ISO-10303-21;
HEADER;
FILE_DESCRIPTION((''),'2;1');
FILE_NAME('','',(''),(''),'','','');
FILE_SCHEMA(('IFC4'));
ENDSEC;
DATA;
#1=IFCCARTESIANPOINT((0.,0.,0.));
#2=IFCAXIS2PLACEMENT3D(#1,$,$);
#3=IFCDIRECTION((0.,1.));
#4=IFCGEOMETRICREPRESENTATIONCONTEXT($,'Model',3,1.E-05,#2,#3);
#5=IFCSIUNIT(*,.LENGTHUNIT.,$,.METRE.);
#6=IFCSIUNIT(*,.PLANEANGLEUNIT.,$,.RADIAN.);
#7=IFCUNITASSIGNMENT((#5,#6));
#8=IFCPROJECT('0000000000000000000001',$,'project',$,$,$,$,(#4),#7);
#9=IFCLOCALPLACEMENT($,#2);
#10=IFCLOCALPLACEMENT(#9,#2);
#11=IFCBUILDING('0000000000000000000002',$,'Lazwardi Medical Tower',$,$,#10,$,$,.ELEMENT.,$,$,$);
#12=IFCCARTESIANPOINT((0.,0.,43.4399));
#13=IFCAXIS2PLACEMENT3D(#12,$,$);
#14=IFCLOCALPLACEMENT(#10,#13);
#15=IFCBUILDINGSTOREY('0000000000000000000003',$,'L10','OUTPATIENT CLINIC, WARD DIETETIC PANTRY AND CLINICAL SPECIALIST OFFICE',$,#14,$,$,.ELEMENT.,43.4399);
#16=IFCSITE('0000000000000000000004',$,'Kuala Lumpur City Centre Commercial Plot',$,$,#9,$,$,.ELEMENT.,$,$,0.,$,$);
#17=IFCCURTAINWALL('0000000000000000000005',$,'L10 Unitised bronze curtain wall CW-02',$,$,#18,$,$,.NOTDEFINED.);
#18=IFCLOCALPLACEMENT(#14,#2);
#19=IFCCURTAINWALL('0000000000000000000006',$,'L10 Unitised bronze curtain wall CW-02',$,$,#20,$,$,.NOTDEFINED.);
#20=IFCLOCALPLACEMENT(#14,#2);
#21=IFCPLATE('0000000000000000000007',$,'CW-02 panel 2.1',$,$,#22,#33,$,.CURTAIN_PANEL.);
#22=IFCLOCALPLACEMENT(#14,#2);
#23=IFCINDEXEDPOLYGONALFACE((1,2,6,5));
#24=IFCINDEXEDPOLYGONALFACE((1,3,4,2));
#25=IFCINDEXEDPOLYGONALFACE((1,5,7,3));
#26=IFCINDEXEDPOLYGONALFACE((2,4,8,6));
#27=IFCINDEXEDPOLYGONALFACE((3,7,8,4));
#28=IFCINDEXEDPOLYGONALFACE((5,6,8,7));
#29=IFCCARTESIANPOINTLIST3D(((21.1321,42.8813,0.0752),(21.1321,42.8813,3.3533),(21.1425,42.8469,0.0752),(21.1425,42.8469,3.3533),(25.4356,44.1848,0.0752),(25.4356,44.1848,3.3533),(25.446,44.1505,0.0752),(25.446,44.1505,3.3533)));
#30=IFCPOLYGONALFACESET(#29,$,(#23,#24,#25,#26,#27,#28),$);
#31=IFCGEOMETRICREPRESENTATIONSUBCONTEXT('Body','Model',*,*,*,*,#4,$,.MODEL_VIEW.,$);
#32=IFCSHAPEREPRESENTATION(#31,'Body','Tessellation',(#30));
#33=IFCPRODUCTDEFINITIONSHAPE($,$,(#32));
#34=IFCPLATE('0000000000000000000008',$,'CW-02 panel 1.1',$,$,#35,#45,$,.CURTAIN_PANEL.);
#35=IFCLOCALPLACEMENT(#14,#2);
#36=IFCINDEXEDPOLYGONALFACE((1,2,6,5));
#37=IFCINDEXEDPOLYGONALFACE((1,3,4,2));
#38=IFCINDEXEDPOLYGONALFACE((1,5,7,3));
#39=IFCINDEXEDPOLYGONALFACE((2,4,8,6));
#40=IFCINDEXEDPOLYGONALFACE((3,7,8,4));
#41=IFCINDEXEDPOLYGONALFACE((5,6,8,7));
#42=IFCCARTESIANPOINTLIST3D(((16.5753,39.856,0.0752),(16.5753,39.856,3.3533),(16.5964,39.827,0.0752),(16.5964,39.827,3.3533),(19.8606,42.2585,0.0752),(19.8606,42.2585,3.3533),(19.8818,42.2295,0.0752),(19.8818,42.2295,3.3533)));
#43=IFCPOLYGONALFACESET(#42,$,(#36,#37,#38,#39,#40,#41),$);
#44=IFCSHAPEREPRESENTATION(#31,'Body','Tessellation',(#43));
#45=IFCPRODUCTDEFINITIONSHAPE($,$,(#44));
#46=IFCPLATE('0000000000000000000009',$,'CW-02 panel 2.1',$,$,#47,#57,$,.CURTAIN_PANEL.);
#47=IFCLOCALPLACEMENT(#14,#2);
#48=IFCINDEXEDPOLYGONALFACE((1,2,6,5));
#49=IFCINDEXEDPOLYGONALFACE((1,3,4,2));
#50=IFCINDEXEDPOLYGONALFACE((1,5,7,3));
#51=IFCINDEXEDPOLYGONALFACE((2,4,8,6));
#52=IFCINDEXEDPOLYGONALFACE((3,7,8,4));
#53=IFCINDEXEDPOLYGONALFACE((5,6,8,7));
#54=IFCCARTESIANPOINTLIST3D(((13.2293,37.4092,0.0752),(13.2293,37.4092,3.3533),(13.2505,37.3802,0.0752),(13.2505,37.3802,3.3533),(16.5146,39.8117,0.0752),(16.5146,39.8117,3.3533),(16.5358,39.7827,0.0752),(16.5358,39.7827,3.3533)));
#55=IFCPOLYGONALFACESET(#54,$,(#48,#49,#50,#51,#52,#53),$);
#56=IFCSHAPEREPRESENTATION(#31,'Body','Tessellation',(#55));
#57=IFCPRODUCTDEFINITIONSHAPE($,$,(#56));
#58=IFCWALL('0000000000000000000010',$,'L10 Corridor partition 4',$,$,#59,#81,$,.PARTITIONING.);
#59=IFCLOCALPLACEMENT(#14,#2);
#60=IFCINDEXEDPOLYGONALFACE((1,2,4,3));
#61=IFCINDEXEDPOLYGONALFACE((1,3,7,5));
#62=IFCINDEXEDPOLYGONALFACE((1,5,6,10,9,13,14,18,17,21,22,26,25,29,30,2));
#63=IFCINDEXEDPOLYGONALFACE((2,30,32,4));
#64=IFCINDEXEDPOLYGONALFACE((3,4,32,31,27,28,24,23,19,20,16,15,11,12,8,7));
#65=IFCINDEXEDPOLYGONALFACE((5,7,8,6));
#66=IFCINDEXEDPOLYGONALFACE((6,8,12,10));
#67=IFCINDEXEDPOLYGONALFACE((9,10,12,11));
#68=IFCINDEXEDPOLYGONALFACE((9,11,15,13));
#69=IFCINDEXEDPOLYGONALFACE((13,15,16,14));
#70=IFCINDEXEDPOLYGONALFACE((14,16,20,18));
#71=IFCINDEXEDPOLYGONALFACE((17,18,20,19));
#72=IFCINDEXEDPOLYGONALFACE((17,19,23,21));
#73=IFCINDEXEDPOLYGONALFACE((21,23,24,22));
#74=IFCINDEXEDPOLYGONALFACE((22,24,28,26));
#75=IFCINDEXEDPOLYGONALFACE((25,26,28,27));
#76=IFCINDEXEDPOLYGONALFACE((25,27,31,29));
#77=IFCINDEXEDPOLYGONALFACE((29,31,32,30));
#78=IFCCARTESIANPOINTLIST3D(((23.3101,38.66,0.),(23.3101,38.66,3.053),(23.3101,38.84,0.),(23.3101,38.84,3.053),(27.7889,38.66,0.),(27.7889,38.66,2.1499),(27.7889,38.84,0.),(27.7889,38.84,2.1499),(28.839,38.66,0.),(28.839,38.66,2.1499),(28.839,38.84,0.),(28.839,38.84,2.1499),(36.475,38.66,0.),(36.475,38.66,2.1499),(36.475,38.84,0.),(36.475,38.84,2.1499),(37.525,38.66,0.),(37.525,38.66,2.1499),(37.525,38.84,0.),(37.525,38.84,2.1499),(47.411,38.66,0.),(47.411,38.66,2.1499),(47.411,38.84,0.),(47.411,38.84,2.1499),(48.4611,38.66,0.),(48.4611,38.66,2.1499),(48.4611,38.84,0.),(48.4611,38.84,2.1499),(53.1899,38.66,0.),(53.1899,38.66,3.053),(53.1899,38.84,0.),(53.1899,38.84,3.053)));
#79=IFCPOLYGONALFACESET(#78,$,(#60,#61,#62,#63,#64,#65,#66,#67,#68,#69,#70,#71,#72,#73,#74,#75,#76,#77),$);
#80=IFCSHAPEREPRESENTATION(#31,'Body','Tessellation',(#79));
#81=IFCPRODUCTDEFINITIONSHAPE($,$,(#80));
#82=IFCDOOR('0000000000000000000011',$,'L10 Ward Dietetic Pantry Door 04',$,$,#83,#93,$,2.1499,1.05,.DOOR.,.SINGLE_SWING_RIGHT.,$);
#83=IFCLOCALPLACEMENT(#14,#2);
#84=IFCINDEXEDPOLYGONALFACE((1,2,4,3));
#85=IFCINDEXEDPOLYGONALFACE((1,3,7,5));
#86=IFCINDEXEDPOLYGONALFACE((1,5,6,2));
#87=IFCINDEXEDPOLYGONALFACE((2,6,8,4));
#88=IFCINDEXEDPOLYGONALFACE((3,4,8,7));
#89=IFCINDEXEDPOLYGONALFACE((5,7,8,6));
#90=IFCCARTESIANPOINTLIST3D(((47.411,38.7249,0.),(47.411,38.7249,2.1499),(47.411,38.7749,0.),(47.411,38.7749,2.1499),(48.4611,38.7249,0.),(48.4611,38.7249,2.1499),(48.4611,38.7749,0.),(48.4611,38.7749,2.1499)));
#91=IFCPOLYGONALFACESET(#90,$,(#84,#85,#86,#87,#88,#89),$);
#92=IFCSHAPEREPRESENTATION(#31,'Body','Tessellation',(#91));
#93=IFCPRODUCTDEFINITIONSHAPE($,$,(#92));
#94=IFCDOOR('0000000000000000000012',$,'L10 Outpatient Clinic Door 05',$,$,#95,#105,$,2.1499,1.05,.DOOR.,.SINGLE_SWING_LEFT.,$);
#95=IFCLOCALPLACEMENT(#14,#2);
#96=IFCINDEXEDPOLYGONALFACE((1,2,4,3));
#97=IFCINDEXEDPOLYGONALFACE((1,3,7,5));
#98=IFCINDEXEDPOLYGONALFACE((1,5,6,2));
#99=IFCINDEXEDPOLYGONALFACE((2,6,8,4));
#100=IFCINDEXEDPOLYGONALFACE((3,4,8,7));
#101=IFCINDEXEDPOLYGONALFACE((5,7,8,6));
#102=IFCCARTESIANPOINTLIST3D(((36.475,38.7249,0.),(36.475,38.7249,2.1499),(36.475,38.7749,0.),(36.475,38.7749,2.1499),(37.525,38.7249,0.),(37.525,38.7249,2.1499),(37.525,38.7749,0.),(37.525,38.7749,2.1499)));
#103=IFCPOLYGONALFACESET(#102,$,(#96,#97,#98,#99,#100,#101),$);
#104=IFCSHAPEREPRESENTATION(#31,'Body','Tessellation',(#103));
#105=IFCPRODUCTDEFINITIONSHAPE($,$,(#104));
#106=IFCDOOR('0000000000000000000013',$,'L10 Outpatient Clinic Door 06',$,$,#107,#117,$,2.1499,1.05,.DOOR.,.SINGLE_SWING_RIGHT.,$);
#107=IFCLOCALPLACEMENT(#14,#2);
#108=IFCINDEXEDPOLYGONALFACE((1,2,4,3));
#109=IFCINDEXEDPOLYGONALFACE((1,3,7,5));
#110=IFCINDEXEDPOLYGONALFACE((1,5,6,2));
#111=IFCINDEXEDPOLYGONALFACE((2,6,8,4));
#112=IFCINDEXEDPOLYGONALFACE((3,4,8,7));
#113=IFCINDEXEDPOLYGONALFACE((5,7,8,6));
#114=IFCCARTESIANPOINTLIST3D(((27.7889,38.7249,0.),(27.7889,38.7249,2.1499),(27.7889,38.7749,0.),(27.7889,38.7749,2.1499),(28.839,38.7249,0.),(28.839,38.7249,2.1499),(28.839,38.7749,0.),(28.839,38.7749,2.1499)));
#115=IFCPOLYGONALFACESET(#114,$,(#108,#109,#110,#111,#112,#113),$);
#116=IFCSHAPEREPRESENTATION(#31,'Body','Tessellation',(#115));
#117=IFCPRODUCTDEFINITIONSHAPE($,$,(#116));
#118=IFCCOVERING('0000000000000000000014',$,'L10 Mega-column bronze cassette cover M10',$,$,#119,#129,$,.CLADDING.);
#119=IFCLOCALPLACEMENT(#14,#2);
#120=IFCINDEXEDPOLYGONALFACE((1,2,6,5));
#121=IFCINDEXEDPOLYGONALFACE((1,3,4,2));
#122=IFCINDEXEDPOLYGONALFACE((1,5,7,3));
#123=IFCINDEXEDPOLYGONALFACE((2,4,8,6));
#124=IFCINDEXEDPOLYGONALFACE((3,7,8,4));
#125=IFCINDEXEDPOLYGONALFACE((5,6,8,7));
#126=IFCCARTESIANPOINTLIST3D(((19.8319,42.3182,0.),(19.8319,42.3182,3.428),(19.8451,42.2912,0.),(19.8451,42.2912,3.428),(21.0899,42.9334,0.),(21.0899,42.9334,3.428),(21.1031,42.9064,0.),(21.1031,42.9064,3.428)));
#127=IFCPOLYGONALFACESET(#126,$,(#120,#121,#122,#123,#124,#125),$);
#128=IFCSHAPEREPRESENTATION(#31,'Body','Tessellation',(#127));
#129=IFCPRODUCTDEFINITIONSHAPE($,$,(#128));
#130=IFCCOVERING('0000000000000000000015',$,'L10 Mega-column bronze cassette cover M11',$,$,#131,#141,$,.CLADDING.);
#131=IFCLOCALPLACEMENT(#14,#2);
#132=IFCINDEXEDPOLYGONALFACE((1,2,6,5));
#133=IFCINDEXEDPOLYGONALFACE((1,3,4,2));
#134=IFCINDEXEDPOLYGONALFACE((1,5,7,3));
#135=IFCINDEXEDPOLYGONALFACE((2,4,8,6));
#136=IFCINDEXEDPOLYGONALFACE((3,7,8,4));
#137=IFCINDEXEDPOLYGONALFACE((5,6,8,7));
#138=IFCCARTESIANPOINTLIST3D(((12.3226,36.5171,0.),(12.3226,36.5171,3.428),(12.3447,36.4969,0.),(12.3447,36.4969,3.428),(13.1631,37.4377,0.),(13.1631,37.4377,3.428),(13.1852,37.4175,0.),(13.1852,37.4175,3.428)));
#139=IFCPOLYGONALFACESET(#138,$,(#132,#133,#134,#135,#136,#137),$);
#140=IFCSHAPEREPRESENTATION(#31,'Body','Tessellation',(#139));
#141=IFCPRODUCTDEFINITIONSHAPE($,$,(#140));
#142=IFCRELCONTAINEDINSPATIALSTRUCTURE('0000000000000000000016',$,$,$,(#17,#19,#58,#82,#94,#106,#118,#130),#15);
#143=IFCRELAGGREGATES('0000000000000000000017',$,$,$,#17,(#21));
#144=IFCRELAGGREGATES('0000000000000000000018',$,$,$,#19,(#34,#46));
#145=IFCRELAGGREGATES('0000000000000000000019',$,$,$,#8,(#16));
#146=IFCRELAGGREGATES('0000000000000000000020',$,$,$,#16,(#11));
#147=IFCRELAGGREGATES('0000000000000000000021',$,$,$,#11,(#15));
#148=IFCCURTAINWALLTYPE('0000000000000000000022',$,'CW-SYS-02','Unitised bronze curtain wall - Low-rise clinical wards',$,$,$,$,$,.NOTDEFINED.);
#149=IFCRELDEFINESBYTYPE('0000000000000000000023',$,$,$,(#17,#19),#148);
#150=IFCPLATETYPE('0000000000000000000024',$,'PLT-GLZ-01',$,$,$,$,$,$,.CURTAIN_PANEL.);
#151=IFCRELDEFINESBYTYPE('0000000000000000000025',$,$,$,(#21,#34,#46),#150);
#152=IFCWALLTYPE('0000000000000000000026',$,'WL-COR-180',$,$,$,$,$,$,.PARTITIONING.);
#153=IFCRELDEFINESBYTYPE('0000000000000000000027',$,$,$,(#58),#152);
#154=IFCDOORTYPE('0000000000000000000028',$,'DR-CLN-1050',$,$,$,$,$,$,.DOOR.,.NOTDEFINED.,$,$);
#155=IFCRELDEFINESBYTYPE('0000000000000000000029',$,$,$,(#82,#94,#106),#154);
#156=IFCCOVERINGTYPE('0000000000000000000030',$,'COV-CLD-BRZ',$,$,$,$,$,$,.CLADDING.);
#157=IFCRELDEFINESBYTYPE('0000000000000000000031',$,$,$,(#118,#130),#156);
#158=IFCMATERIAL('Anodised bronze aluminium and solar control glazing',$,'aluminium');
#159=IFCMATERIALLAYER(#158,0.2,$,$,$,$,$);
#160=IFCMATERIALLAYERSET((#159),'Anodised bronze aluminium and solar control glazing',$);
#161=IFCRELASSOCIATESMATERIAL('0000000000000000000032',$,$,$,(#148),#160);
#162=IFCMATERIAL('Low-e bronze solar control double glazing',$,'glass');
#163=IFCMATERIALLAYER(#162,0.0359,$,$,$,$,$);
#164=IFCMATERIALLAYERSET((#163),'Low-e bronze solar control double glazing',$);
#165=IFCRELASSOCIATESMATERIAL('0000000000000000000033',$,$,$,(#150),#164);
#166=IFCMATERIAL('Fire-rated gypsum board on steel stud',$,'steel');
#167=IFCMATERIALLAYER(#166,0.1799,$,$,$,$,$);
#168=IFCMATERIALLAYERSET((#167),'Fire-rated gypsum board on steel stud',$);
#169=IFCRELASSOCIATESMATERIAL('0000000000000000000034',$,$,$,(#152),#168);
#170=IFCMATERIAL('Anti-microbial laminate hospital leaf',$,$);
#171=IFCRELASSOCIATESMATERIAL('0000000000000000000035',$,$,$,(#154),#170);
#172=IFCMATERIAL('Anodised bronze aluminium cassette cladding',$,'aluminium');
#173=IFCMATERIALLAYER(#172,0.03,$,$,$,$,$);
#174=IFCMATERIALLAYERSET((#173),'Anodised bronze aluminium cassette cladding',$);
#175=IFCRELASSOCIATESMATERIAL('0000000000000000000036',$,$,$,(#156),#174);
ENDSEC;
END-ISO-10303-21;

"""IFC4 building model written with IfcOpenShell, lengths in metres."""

from ifc_helpers import new_model, si_unit, direction, frame, frame_2d, origin, origin_2d, place, context, subcontext, project, spatial, rectangle, extrude, material, layer, layer_set, type_object, element, fill, aggregate, save


model = new_model("IFC4")

# Units and contexts
model_context = context("Model", 3, precision=1e-05, world=origin(), true_north=direction((0.0, 1.0)))
body_context = subcontext(model_context, "Body", "Model", "MODEL_VIEW")
ifc_project = project(units=[si_unit("LENGTHUNIT", "METRE"), si_unit("PLANEANGLEUNIT", "RADIAN")], contexts=[model_context])

# Site, building, storey
site_placement = place(None, origin())
site = spatial("IfcSite", under=ifc_project, at=site_placement, Name="Kuala Lumpur City Centre Commercial Plot", CompositionType="ELEMENT", RefElevation=0.0)
building_placement = place(site_placement, origin())
building = spatial("IfcBuilding", under=site, at=building_placement, Name="Lazwardi Medical Tower", CompositionType="ELEMENT")
storey_placement = place(building_placement, frame((0.0, 0.0, 43.4399)))
storey = spatial("IfcBuildingStorey", under=building, at=storey_placement, Name="L10", Description="OUTPATIENT CLINIC, WARD DIETETIC PANTRY AND CLINICAL SPECIALIST OFFICE", CompositionType="ELEMENT", Elevation=43.4399)

# Curtain wall
ifc_material_1 = material(Name="Anodised bronze aluminium and solar control glazing", Category="aluminium")
ifc_layer_1 = layer(ifc_material_1, 0.2)
ifc_layer_set_1 = layer_set([ifc_layer_1], Name="Anodised bronze aluminium and solar control glazing")
curtain_wall_type = type_object("IfcCurtainWallType", Name="CW-SYS-02", Description="Unitised bronze curtain wall - Low-rise clinical wards", PredefinedType="NOTDEFINED", material=ifc_layer_set_1)
curtain_wall_1_placement = place(storey_placement, origin())
curtain_wall_1 = element("IfcCurtainWall", 1, at=curtain_wall_1_placement, inside=storey, type_object=curtain_wall_type, Name="L10 Unitised bronze curtain wall CW-02", PredefinedType="NOTDEFINED")

# Curtain wall
curtain_wall_2_placement = place(storey_placement, origin())
curtain_wall_2 = element("IfcCurtainWall", 2, at=curtain_wall_2_placement, inside=storey, type_object=curtain_wall_type, Name="L10 Unitised bronze curtain wall CW-02", PredefinedType="NOTDEFINED")

# Plates
ifc_material_2 = material(Name="Low-e bronze solar control double glazing", Category="glass")
ifc_layer_2 = layer(ifc_material_2, 0.0359)
ifc_layer_set_2 = layer_set([ifc_layer_2], Name="Low-e bronze solar control double glazing")
plate_type = type_object("IfcPlateType", Name="PLT-GLZ-01", PredefinedType="CURTAIN_PANEL", material=ifc_layer_set_2)
plate_1_placement = place(storey_placement, frame((23.2891, 43.5159, 0.0752), z_axis=(0.0, 0.0, 1.0), x_axis=(-0.957058, -0.289896, 0.0)))
plate_1 = element("IfcPlate", 3, at=plate_1_placement, type_object=plate_type, Name="CW-02 panel 2.1", PredefinedType="CURTAIN_PANEL", context=body_context, shape_type="SweptSolid", body=[
    extrude(rectangle(XDim=4.4966, YDim=0.0359, at=origin_2d()), origin(), (0.0, 0.0, 1.0), 3.2781),
])
aggregate(curtain_wall_1, [plate_1])
plate_2_placement = place(storey_placement, frame((18.2285, 41.0427, 0.0752), z_axis=(0.0, 0.0, 1.0), x_axis=(-0.807192, -0.590289, 0.0)))
plate_2 = element("IfcPlate", 4, at=plate_2_placement, type_object=plate_type, Name="CW-02 panel 1.1", PredefinedType="CURTAIN_PANEL", context=body_context, shape_type="SweptSolid", body=[
    extrude(rectangle(XDim=4.0701, YDim=0.0359, at=origin_2d()), origin(), (0.0, 0.0, 1.0), 3.2781),
])
plate_3_placement = place(storey_placement, frame((14.8826, 38.5959, 0.0752), z_axis=(0.0, 0.0, 1.0), x_axis=(-0.807192, -0.590289, 0.0)))
plate_3 = element("IfcPlate", 5, at=plate_3_placement, type_object=plate_type, Name="CW-02 panel 2.1", PredefinedType="CURTAIN_PANEL", context=body_context, shape_type="SweptSolid", body=[
    extrude(rectangle(XDim=4.0701, YDim=0.0359, at=origin_2d()), origin(), (0.0, 0.0, 1.0), 3.2781),
])
aggregate(curtain_wall_2, [plate_2, plate_3])

# Wall, openings, doors
ifc_material_3 = material(Name="Fire-rated gypsum board on steel stud", Category="steel")
ifc_layer_3 = layer(ifc_material_3, 0.1799)
ifc_layer_set_3 = layer_set([ifc_layer_3], Name="Fire-rated gypsum board on steel stud")
wall_type = type_object("IfcWallType", Name="WL-COR-180", PredefinedType="PARTITIONING", material=ifc_layer_set_3)
wall_placement = place(storey_placement, frame((23.3101, 38.75, 0.0), z_axis=(0.0, 0.0, 1.0), x_axis=(1.0, 0.0, 0.0)))
wall = element("IfcWall", 6, at=wall_placement, inside=storey, type_object=wall_type, Name="L10 Corridor partition 4", PredefinedType="PARTITIONING", context=body_context, shape_type="SweptSolid", body=[
    extrude(rectangle(XDim=29.8799, YDim=0.1799, at=frame_2d((14.9399, 0.0))), origin(), (0.0, 0.0, 1.0), 3.053),
])
opening_1_placement = place(wall_placement, frame((24.1011, 0.0, 0.0)))
opening_1 = element("IfcOpeningElement", 7, at=opening_1_placement, cuts=wall, PredefinedType="OPENING", context=body_context, shape_type="SweptSolid", body=[
    extrude(rectangle(XDim=1.05, YDim=2.1499, at=frame_2d((0.5249, 1.075))), frame((0.0, 0.0999, 0.0), z_axis=(0.0, -1.0, 0.0), x_axis=(1.0, 0.0, 0.0)), (0.0, 0.0, 1.0), 0.2),
])
opening_2_placement = place(wall_placement, frame((13.165, 0.0, 0.0)))
opening_2 = element("IfcOpeningElement", 8, at=opening_2_placement, cuts=wall, PredefinedType="OPENING", context=body_context, shape_type="SweptSolid", body=[
    extrude(rectangle(XDim=1.05, YDim=2.1499, at=frame_2d((0.5249, 1.075))), frame((0.0, 0.0999, 0.0), z_axis=(0.0, -1.0, 0.0), x_axis=(1.0, 0.0, 0.0)), (0.0, 0.0, 1.0), 0.2),
])
opening_3_placement = place(wall_placement, frame((4.479, 0.0, 0.0)))
opening_3 = element("IfcOpeningElement", 9, at=opening_3_placement, cuts=wall, PredefinedType="OPENING", context=body_context, shape_type="SweptSolid", body=[
    extrude(rectangle(XDim=1.05, YDim=2.1499, at=frame_2d((0.5249, 1.075))), frame((0.0, 0.0999, 0.0), z_axis=(0.0, -1.0, 0.0), x_axis=(1.0, 0.0, 0.0)), (0.0, 0.0, 1.0), 0.2),
])
ifc_material_4 = material(Name="Anti-microbial laminate hospital leaf")
door_type = type_object("IfcDoorType", Name="DR-CLN-1050", OperationType="NOTDEFINED", PredefinedType="DOOR", material=ifc_material_4)
door_1_placement = place(opening_1_placement, origin())
door_1 = element("IfcDoor", 10, at=door_1_placement, inside=storey, type_object=door_type, Name="L10 Ward Dietetic Pantry Door 04", OperationType="SINGLE_SWING_RIGHT", OverallHeight=2.1499, OverallWidth=1.05, PredefinedType="DOOR", context=body_context, shape_type="SweptSolid", body=[
    extrude(rectangle(XDim=1.05, YDim=2.1499, at=frame_2d((0.5249, 1.075))), frame((0.0, 0.0249, 0.0), z_axis=(0.0, -1.0, 0.0), x_axis=(1.0, 0.0, 0.0)), (0.0, 0.0, 1.0), 0.05),
])
fill(opening_1, door_1)
door_2_placement = place(opening_2_placement, origin())
door_2 = element("IfcDoor", 11, at=door_2_placement, inside=storey, type_object=door_type, Name="L10 Outpatient Clinic Door 05", OperationType="SINGLE_SWING_LEFT", OverallHeight=2.1499, OverallWidth=1.05, PredefinedType="DOOR", context=body_context, shape_type="SweptSolid", body=[
    extrude(rectangle(XDim=1.05, YDim=2.1499, at=frame_2d((0.5249, 1.075))), frame((0.0, 0.0249, 0.0), z_axis=(0.0, -1.0, 0.0), x_axis=(1.0, 0.0, 0.0)), (0.0, 0.0, 1.0), 0.05),
])
fill(opening_2, door_2)
door_3_placement = place(opening_3_placement, origin())
door_3 = element("IfcDoor", 12, at=door_3_placement, inside=storey, type_object=door_type, Name="L10 Outpatient Clinic Door 06", OperationType="SINGLE_SWING_RIGHT", OverallHeight=2.1499, OverallWidth=1.05, PredefinedType="DOOR", context=body_context, shape_type="SweptSolid", body=[
    extrude(rectangle(XDim=1.05, YDim=2.1499, at=frame_2d((0.5249, 1.075))), frame((0.0, 0.0249, 0.0), z_axis=(0.0, -1.0, 0.0), x_axis=(1.0, 0.0, 0.0)), (0.0, 0.0, 1.0), 0.05),
])
fill(opening_3, door_3)

# Coverings
ifc_material_5 = material(Name="Anodised bronze aluminium cassette cladding", Category="aluminium")
ifc_layer_4 = layer(ifc_material_5, 0.03)
ifc_layer_set_4 = layer_set([ifc_layer_4], Name="Anodised bronze aluminium cassette cladding")
covering_type = type_object("IfcCoveringType", Name="COV-CLD-BRZ", PredefinedType="CLADDING", material=ifc_layer_set_4)
covering_1_placement = place(storey_placement, frame((20.4675, 42.6123, 0.0), z_axis=(0.0, 0.0, 1.0), x_axis=(-0.898334, -0.439312, 0.0)))
element("IfcCovering", 13, at=covering_1_placement, inside=storey, type_object=covering_type, Name="L10 Mega-column bronze cassette cover M10", PredefinedType="CLADDING", context=body_context, shape_type="SweptSolid", body=[
    extrude(rectangle(XDim=1.4004, YDim=0.03, at=origin_2d()), origin(), (0.0, 0.0, 1.0), 3.428),
])
covering_2_placement = place(storey_placement, frame((12.7539, 36.9673, 0.0), z_axis=(0.0, 0.0, 1.0), x_axis=(-0.674252, -0.738501, 0.0)))
element("IfcCovering", 14, at=covering_2_placement, inside=storey, type_object=covering_type, Name="L10 Mega-column bronze cassette cover M11", PredefinedType="CLADDING", context=body_context, shape_type="SweptSolid", body=[
    extrude(rectangle(XDim=1.2466, YDim=0.03, at=origin_2d()), origin(), (0.0, 0.0, 1.0), 3.428),
])

save(model, "model.ifc")
